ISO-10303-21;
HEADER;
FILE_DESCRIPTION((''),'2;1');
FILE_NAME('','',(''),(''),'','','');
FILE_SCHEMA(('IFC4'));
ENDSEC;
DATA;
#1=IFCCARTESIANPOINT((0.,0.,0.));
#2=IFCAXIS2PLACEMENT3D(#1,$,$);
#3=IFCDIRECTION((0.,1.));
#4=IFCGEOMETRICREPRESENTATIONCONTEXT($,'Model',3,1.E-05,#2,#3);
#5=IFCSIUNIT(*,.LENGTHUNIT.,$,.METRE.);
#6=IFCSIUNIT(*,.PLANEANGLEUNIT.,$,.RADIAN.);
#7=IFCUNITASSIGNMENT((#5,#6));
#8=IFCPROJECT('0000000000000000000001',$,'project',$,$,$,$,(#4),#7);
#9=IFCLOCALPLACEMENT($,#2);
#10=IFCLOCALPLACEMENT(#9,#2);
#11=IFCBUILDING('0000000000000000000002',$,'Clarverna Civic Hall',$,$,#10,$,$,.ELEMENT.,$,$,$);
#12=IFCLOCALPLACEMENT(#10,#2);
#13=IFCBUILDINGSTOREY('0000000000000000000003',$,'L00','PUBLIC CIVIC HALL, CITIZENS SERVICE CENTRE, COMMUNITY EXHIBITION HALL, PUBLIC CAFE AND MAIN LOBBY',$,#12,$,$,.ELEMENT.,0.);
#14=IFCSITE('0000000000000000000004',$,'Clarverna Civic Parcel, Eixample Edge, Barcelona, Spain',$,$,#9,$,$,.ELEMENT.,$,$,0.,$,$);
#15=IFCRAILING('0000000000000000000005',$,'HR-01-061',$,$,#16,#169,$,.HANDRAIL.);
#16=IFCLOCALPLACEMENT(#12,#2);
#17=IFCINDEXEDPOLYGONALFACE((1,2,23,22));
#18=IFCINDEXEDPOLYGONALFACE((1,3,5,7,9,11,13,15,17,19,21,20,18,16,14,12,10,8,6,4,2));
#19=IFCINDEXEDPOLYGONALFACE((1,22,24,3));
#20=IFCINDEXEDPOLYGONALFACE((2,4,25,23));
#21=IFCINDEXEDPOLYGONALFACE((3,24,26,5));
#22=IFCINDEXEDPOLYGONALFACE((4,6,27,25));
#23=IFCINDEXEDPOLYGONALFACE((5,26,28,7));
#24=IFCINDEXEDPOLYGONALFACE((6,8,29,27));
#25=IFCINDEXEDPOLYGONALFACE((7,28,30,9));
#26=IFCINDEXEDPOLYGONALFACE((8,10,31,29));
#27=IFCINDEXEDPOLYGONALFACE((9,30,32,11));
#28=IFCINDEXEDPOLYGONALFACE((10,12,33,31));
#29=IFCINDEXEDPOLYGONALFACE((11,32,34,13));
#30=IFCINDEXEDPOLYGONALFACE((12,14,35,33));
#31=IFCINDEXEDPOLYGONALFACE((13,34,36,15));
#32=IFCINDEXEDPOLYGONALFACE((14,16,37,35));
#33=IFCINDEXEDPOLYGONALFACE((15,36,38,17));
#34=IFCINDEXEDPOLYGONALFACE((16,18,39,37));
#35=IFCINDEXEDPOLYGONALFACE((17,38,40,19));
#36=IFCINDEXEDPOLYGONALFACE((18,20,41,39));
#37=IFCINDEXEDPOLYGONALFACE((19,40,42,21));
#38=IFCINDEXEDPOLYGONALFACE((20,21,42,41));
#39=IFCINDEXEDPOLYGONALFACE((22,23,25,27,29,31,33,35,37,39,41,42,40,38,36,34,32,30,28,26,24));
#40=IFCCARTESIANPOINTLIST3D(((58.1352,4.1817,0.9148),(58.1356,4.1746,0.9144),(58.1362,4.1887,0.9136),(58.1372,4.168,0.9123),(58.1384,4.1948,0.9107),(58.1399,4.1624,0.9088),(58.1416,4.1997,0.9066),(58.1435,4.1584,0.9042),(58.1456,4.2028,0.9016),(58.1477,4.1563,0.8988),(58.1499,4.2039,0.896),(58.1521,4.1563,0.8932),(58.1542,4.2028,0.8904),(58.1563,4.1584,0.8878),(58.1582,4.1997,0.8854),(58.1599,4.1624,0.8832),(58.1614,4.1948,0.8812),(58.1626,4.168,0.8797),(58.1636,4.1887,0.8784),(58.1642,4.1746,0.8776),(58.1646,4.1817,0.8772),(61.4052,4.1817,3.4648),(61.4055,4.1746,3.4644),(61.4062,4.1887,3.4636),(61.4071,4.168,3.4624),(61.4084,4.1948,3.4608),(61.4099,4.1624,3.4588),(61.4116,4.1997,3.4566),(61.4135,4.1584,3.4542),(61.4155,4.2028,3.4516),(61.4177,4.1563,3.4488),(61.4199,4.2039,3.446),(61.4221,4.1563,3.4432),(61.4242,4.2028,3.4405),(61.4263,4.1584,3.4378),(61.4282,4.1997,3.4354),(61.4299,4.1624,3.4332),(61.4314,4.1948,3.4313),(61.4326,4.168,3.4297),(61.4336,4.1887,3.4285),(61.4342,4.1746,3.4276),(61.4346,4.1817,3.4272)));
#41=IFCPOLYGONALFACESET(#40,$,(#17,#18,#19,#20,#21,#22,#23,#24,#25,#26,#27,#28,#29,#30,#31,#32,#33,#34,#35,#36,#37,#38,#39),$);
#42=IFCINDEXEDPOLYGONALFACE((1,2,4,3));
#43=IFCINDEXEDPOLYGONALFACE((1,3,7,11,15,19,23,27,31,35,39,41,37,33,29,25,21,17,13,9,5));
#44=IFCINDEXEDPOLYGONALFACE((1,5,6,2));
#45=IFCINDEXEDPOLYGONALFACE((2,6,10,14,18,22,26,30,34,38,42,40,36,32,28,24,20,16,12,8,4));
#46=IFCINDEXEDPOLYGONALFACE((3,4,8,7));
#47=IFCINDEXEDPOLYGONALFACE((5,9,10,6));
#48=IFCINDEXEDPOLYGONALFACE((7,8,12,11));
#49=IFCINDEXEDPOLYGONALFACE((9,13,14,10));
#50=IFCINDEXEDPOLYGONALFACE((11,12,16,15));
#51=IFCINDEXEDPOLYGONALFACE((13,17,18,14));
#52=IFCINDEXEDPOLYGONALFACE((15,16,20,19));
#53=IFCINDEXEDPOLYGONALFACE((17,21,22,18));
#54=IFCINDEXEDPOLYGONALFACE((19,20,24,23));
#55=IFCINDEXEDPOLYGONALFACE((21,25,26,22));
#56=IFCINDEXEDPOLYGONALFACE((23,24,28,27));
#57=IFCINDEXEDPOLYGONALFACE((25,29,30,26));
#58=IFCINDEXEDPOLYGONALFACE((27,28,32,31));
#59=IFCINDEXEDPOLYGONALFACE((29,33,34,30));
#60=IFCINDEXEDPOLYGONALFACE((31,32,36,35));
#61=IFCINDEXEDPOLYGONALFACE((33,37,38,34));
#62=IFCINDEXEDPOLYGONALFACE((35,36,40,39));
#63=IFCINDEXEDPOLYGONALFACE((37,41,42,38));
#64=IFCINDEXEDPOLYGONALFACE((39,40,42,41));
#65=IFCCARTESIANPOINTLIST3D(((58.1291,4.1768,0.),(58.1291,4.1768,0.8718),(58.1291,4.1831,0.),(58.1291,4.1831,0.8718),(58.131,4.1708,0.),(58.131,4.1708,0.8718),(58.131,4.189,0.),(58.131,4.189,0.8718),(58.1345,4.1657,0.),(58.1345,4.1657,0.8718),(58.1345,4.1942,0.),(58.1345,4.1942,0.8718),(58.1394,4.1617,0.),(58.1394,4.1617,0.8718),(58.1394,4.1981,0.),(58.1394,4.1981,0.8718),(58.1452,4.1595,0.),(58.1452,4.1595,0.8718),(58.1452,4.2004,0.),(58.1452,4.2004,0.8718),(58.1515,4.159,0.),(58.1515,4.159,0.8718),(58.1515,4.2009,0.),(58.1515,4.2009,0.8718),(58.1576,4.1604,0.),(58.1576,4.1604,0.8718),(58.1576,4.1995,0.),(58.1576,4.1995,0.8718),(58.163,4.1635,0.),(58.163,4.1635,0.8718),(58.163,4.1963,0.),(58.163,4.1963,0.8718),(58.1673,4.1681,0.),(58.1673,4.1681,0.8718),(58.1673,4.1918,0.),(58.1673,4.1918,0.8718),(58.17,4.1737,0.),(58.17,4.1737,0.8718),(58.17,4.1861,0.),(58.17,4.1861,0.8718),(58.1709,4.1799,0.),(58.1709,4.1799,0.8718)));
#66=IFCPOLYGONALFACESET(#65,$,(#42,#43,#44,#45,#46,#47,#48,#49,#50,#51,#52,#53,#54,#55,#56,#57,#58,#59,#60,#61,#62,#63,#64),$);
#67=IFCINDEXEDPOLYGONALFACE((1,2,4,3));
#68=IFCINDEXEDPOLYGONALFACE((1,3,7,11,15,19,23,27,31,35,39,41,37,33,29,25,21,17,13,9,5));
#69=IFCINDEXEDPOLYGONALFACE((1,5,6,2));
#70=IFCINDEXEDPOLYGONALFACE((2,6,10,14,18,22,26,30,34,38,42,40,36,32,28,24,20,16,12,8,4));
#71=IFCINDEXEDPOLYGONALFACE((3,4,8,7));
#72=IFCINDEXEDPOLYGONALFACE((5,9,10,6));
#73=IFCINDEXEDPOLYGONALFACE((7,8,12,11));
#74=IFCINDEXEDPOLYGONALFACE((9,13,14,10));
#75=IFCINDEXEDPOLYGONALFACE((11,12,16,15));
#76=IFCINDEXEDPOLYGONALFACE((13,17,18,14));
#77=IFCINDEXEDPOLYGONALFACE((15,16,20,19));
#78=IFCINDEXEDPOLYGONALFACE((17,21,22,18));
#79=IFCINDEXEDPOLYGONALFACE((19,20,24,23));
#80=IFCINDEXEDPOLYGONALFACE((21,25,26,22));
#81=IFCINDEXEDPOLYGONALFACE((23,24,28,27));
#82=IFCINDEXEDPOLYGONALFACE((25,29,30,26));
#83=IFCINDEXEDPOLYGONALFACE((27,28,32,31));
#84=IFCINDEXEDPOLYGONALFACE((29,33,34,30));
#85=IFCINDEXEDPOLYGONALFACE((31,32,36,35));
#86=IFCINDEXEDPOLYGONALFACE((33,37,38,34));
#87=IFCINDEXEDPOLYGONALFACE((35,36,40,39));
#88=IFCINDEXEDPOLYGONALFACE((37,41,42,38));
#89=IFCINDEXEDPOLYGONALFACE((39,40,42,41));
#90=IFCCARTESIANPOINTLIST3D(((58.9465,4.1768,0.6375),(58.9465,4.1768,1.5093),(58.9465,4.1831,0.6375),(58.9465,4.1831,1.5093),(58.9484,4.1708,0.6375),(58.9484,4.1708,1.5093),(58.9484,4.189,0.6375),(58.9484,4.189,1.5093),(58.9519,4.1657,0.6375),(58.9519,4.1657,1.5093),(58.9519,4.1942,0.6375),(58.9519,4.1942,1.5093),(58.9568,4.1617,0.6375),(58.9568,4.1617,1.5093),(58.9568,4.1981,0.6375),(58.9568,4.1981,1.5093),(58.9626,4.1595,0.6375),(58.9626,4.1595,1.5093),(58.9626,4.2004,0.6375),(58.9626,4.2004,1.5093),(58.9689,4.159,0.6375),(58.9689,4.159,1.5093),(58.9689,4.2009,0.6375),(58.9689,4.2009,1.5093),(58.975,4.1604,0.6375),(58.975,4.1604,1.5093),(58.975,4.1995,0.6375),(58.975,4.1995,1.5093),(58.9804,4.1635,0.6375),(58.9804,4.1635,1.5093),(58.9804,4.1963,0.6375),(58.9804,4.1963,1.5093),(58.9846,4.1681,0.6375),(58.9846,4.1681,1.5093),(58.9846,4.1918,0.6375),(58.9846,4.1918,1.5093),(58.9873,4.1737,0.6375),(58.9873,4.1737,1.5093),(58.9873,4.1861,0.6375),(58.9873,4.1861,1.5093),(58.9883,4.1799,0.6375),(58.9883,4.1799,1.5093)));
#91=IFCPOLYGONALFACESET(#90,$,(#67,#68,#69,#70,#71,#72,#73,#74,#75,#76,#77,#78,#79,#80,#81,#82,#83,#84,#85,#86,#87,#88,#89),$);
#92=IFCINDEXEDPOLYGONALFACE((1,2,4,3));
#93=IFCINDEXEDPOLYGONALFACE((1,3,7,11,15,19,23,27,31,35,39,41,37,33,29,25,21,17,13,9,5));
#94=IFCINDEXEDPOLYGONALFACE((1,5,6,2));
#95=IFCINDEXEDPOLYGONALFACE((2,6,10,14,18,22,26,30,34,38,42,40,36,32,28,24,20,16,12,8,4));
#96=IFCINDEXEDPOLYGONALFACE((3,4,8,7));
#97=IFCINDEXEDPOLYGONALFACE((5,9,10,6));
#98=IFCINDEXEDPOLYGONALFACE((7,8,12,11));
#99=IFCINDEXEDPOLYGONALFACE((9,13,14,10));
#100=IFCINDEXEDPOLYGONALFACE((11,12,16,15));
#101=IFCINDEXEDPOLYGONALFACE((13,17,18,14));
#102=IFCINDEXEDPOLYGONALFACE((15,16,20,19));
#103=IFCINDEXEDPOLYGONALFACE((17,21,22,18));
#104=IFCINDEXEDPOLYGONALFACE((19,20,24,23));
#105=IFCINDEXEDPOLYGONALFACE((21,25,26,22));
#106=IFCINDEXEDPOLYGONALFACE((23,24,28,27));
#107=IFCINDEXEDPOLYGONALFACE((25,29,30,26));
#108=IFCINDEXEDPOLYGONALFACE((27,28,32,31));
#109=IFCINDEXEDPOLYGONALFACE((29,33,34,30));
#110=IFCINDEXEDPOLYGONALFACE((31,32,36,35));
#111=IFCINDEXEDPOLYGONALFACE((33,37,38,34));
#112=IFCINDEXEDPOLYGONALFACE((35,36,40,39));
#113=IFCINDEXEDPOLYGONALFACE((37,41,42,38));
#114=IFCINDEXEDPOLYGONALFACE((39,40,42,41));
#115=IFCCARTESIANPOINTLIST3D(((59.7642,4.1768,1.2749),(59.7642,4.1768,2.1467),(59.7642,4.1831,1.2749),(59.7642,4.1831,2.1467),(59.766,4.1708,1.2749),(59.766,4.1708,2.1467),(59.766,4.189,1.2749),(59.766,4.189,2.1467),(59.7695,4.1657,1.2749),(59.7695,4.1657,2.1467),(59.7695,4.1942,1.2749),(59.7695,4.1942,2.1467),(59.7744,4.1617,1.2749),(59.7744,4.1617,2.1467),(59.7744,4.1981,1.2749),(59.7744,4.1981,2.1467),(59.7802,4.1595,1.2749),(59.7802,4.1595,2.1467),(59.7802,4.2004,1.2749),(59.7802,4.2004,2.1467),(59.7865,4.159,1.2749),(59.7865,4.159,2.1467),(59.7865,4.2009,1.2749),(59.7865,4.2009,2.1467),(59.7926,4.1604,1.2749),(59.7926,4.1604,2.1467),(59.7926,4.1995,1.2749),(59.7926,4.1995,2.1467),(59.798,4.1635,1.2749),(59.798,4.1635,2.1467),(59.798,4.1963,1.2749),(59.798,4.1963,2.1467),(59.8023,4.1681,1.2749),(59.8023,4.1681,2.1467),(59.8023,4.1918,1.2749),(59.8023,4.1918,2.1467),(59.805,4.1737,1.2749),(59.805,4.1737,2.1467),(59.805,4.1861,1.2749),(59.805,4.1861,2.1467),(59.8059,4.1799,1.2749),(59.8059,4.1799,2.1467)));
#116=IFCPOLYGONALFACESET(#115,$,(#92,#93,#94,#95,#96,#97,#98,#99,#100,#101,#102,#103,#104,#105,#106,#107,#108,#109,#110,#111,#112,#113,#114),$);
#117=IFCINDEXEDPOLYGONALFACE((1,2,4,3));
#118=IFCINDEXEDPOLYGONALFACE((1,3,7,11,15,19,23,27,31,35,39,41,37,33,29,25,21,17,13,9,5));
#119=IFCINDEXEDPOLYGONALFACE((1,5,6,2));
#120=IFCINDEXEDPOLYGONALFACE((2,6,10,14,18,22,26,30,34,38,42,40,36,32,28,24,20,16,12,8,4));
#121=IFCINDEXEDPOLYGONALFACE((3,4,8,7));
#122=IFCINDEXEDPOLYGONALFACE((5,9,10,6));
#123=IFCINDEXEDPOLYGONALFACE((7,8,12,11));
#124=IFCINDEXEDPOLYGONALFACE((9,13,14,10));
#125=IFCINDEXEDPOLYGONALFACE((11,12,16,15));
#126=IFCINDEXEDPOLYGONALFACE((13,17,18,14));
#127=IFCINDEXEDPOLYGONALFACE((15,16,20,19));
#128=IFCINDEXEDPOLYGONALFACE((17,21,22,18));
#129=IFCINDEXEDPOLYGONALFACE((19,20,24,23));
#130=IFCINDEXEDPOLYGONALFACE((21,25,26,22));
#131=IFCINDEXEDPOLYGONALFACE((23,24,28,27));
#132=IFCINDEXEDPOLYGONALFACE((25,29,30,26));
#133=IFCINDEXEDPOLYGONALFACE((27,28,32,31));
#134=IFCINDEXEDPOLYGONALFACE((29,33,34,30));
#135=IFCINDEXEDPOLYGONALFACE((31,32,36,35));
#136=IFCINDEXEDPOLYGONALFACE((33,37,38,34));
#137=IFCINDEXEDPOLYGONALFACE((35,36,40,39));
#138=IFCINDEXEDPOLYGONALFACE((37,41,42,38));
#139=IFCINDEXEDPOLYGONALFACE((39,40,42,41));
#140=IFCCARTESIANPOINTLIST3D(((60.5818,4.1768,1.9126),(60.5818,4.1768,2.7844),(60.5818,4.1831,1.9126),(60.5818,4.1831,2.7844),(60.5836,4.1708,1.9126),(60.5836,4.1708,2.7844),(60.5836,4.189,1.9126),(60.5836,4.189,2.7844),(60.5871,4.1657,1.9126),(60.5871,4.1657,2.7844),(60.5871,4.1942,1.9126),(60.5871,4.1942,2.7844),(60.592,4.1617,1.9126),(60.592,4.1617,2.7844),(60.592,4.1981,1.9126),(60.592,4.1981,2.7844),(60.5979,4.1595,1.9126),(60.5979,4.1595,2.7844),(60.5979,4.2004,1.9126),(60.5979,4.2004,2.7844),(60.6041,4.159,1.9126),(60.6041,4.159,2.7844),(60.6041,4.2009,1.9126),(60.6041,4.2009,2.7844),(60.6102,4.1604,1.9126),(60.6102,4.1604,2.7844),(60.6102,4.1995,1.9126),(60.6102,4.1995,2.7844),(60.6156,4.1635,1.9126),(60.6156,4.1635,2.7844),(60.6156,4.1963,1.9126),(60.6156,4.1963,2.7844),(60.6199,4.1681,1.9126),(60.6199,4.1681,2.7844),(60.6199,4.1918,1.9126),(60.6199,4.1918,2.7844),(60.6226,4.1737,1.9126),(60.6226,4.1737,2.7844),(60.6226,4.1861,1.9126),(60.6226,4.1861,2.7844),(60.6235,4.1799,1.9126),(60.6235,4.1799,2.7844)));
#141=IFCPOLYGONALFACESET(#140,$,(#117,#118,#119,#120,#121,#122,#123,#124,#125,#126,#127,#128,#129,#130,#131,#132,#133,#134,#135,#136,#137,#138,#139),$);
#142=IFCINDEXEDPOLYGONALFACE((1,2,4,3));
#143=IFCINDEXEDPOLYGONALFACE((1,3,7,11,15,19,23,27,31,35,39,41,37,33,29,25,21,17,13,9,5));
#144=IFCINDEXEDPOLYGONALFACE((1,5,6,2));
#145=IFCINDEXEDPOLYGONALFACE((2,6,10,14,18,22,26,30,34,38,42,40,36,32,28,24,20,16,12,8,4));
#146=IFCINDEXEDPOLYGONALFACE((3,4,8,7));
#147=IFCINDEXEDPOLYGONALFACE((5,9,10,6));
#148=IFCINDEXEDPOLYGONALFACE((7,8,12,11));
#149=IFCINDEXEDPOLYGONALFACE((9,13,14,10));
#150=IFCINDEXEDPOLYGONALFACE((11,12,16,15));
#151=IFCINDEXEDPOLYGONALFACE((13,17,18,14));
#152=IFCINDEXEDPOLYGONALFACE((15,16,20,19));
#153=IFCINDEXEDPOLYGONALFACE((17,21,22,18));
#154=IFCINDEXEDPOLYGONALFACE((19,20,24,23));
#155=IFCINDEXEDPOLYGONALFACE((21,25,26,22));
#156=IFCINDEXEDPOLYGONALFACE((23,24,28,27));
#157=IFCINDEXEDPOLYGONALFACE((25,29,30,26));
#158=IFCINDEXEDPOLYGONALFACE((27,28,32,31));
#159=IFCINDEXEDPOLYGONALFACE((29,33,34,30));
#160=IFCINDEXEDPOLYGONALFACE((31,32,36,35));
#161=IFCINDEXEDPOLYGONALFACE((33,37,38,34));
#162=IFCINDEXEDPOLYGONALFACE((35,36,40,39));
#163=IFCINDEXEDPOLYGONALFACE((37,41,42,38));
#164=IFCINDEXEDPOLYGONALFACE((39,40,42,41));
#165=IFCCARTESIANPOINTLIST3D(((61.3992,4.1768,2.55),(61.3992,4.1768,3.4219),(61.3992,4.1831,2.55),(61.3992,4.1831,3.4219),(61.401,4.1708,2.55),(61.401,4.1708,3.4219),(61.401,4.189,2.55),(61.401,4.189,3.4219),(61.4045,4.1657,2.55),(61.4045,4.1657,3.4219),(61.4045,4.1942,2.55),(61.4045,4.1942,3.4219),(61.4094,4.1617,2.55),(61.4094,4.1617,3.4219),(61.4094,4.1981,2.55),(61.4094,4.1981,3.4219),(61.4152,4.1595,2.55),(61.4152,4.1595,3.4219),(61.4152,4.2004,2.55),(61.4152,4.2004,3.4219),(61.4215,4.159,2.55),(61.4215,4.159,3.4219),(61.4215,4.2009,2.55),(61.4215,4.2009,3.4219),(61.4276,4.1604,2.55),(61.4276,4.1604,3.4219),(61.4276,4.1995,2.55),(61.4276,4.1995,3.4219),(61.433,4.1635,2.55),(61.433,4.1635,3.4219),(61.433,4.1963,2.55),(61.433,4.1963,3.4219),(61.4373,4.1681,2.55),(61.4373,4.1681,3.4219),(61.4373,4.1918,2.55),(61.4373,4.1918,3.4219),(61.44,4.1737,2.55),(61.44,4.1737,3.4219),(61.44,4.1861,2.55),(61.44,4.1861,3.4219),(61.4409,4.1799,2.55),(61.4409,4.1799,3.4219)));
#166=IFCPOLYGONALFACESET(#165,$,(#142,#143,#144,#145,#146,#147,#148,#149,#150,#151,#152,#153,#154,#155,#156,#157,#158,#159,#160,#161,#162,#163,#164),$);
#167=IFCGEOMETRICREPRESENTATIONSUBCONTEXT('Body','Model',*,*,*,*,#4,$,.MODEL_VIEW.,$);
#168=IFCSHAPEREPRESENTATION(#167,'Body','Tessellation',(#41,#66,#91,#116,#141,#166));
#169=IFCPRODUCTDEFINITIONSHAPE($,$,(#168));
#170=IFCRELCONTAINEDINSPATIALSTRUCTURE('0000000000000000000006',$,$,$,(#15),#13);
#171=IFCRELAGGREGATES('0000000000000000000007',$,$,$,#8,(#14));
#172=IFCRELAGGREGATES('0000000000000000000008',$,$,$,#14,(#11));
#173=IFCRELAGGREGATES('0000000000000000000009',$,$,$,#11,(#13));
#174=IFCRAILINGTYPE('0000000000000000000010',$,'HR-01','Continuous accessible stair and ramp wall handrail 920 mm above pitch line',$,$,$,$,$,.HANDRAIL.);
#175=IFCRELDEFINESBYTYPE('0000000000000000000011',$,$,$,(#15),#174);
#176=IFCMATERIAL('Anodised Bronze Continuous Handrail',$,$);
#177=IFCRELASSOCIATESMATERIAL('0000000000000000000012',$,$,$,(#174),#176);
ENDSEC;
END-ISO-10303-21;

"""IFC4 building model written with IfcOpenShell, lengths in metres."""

from ifc_helpers import new_model, si_unit, direction, frame, origin, origin_2d, place, context, subcontext, project, spatial, circle, extrude, material, type_object, element, save


model = new_model("IFC4")

# Units and contexts
model_context = context("Model", 3, precision=1e-05, world=origin(), true_north=direction((0.0, 1.0)))
body_context = subcontext(model_context, "Body", "Model", "MODEL_VIEW")
ifc_project = project(units=[si_unit("LENGTHUNIT", "METRE"), si_unit("PLANEANGLEUNIT", "RADIAN")], contexts=[model_context])

# Site, building, storey
site_placement = place(None, origin())
site = spatial("IfcSite", under=ifc_project, at=site_placement, Name="Clarverna Civic Parcel, Eixample Edge, Barcelona, Spain", CompositionType="ELEMENT", RefElevation=0.0)
building_placement = place(site_placement, origin())
building = spatial("IfcBuilding", under=site, at=building_placement, Name="Clarverna Civic Hall", CompositionType="ELEMENT")
storey_placement = place(building_placement, origin())
storey = spatial("IfcBuildingStorey", under=building, at=storey_placement, Name="L00", Description="PUBLIC CIVIC HALL, CITIZENS SERVICE CENTRE, COMMUNITY EXHIBITION HALL, PUBLIC CAFE AND MAIN LOBBY", CompositionType="ELEMENT", Elevation=0.0)

# Railing
ifc_material_1 = material(Name="Anodised Bronze Continuous Handrail")
railing_type_1 = type_object("IfcRailingType", Name="HR-01", Description="Continuous accessible stair and ramp wall handrail 920 mm above pitch line", PredefinedType="HANDRAIL", material=ifc_material_1)
railing_1_placement = place(storey_placement, frame((58.1499, 4.1799, 0.0)))
element("IfcRailing", 1, at=railing_1_placement, inside=storey, type_object=railing_type_1, Name="HR-01-061", PredefinedType="HANDRAIL", context=body_context, shape_type="SweptSolid", body=[
    extrude(circle(Radius=0.0239, at=origin_2d()), frame((0.0, 0.0, 0.896), z_axis=(0.788569, 0.0, 0.614947), x_axis=(0.0, 1.0, 0.0)), (0.0, 0.0, 1.0), 4.1467),
    extrude(circle(Radius=0.021, at=origin_2d()), origin(), (0.0, 0.0, 1.0), 0.8718),
    extrude(circle(Radius=0.021, at=origin_2d()), frame((0.8174, 0.0, 0.6375)), (0.0, 0.0, 1.0), 0.8718),
    extrude(circle(Radius=0.021, at=origin_2d()), frame((1.635, 0.0, 1.2749)), (0.0, 0.0, 1.0), 0.8718),
    extrude(circle(Radius=0.021, at=origin_2d()), frame((2.4526, 0.0, 1.9126)), (0.0, 0.0, 1.0), 0.8718),
    extrude(circle(Radius=0.021, at=origin_2d()), frame((3.27, 0.0, 2.55)), (0.0, 0.0, 1.0), 0.8718),
])

save(model, "model.ifc")
